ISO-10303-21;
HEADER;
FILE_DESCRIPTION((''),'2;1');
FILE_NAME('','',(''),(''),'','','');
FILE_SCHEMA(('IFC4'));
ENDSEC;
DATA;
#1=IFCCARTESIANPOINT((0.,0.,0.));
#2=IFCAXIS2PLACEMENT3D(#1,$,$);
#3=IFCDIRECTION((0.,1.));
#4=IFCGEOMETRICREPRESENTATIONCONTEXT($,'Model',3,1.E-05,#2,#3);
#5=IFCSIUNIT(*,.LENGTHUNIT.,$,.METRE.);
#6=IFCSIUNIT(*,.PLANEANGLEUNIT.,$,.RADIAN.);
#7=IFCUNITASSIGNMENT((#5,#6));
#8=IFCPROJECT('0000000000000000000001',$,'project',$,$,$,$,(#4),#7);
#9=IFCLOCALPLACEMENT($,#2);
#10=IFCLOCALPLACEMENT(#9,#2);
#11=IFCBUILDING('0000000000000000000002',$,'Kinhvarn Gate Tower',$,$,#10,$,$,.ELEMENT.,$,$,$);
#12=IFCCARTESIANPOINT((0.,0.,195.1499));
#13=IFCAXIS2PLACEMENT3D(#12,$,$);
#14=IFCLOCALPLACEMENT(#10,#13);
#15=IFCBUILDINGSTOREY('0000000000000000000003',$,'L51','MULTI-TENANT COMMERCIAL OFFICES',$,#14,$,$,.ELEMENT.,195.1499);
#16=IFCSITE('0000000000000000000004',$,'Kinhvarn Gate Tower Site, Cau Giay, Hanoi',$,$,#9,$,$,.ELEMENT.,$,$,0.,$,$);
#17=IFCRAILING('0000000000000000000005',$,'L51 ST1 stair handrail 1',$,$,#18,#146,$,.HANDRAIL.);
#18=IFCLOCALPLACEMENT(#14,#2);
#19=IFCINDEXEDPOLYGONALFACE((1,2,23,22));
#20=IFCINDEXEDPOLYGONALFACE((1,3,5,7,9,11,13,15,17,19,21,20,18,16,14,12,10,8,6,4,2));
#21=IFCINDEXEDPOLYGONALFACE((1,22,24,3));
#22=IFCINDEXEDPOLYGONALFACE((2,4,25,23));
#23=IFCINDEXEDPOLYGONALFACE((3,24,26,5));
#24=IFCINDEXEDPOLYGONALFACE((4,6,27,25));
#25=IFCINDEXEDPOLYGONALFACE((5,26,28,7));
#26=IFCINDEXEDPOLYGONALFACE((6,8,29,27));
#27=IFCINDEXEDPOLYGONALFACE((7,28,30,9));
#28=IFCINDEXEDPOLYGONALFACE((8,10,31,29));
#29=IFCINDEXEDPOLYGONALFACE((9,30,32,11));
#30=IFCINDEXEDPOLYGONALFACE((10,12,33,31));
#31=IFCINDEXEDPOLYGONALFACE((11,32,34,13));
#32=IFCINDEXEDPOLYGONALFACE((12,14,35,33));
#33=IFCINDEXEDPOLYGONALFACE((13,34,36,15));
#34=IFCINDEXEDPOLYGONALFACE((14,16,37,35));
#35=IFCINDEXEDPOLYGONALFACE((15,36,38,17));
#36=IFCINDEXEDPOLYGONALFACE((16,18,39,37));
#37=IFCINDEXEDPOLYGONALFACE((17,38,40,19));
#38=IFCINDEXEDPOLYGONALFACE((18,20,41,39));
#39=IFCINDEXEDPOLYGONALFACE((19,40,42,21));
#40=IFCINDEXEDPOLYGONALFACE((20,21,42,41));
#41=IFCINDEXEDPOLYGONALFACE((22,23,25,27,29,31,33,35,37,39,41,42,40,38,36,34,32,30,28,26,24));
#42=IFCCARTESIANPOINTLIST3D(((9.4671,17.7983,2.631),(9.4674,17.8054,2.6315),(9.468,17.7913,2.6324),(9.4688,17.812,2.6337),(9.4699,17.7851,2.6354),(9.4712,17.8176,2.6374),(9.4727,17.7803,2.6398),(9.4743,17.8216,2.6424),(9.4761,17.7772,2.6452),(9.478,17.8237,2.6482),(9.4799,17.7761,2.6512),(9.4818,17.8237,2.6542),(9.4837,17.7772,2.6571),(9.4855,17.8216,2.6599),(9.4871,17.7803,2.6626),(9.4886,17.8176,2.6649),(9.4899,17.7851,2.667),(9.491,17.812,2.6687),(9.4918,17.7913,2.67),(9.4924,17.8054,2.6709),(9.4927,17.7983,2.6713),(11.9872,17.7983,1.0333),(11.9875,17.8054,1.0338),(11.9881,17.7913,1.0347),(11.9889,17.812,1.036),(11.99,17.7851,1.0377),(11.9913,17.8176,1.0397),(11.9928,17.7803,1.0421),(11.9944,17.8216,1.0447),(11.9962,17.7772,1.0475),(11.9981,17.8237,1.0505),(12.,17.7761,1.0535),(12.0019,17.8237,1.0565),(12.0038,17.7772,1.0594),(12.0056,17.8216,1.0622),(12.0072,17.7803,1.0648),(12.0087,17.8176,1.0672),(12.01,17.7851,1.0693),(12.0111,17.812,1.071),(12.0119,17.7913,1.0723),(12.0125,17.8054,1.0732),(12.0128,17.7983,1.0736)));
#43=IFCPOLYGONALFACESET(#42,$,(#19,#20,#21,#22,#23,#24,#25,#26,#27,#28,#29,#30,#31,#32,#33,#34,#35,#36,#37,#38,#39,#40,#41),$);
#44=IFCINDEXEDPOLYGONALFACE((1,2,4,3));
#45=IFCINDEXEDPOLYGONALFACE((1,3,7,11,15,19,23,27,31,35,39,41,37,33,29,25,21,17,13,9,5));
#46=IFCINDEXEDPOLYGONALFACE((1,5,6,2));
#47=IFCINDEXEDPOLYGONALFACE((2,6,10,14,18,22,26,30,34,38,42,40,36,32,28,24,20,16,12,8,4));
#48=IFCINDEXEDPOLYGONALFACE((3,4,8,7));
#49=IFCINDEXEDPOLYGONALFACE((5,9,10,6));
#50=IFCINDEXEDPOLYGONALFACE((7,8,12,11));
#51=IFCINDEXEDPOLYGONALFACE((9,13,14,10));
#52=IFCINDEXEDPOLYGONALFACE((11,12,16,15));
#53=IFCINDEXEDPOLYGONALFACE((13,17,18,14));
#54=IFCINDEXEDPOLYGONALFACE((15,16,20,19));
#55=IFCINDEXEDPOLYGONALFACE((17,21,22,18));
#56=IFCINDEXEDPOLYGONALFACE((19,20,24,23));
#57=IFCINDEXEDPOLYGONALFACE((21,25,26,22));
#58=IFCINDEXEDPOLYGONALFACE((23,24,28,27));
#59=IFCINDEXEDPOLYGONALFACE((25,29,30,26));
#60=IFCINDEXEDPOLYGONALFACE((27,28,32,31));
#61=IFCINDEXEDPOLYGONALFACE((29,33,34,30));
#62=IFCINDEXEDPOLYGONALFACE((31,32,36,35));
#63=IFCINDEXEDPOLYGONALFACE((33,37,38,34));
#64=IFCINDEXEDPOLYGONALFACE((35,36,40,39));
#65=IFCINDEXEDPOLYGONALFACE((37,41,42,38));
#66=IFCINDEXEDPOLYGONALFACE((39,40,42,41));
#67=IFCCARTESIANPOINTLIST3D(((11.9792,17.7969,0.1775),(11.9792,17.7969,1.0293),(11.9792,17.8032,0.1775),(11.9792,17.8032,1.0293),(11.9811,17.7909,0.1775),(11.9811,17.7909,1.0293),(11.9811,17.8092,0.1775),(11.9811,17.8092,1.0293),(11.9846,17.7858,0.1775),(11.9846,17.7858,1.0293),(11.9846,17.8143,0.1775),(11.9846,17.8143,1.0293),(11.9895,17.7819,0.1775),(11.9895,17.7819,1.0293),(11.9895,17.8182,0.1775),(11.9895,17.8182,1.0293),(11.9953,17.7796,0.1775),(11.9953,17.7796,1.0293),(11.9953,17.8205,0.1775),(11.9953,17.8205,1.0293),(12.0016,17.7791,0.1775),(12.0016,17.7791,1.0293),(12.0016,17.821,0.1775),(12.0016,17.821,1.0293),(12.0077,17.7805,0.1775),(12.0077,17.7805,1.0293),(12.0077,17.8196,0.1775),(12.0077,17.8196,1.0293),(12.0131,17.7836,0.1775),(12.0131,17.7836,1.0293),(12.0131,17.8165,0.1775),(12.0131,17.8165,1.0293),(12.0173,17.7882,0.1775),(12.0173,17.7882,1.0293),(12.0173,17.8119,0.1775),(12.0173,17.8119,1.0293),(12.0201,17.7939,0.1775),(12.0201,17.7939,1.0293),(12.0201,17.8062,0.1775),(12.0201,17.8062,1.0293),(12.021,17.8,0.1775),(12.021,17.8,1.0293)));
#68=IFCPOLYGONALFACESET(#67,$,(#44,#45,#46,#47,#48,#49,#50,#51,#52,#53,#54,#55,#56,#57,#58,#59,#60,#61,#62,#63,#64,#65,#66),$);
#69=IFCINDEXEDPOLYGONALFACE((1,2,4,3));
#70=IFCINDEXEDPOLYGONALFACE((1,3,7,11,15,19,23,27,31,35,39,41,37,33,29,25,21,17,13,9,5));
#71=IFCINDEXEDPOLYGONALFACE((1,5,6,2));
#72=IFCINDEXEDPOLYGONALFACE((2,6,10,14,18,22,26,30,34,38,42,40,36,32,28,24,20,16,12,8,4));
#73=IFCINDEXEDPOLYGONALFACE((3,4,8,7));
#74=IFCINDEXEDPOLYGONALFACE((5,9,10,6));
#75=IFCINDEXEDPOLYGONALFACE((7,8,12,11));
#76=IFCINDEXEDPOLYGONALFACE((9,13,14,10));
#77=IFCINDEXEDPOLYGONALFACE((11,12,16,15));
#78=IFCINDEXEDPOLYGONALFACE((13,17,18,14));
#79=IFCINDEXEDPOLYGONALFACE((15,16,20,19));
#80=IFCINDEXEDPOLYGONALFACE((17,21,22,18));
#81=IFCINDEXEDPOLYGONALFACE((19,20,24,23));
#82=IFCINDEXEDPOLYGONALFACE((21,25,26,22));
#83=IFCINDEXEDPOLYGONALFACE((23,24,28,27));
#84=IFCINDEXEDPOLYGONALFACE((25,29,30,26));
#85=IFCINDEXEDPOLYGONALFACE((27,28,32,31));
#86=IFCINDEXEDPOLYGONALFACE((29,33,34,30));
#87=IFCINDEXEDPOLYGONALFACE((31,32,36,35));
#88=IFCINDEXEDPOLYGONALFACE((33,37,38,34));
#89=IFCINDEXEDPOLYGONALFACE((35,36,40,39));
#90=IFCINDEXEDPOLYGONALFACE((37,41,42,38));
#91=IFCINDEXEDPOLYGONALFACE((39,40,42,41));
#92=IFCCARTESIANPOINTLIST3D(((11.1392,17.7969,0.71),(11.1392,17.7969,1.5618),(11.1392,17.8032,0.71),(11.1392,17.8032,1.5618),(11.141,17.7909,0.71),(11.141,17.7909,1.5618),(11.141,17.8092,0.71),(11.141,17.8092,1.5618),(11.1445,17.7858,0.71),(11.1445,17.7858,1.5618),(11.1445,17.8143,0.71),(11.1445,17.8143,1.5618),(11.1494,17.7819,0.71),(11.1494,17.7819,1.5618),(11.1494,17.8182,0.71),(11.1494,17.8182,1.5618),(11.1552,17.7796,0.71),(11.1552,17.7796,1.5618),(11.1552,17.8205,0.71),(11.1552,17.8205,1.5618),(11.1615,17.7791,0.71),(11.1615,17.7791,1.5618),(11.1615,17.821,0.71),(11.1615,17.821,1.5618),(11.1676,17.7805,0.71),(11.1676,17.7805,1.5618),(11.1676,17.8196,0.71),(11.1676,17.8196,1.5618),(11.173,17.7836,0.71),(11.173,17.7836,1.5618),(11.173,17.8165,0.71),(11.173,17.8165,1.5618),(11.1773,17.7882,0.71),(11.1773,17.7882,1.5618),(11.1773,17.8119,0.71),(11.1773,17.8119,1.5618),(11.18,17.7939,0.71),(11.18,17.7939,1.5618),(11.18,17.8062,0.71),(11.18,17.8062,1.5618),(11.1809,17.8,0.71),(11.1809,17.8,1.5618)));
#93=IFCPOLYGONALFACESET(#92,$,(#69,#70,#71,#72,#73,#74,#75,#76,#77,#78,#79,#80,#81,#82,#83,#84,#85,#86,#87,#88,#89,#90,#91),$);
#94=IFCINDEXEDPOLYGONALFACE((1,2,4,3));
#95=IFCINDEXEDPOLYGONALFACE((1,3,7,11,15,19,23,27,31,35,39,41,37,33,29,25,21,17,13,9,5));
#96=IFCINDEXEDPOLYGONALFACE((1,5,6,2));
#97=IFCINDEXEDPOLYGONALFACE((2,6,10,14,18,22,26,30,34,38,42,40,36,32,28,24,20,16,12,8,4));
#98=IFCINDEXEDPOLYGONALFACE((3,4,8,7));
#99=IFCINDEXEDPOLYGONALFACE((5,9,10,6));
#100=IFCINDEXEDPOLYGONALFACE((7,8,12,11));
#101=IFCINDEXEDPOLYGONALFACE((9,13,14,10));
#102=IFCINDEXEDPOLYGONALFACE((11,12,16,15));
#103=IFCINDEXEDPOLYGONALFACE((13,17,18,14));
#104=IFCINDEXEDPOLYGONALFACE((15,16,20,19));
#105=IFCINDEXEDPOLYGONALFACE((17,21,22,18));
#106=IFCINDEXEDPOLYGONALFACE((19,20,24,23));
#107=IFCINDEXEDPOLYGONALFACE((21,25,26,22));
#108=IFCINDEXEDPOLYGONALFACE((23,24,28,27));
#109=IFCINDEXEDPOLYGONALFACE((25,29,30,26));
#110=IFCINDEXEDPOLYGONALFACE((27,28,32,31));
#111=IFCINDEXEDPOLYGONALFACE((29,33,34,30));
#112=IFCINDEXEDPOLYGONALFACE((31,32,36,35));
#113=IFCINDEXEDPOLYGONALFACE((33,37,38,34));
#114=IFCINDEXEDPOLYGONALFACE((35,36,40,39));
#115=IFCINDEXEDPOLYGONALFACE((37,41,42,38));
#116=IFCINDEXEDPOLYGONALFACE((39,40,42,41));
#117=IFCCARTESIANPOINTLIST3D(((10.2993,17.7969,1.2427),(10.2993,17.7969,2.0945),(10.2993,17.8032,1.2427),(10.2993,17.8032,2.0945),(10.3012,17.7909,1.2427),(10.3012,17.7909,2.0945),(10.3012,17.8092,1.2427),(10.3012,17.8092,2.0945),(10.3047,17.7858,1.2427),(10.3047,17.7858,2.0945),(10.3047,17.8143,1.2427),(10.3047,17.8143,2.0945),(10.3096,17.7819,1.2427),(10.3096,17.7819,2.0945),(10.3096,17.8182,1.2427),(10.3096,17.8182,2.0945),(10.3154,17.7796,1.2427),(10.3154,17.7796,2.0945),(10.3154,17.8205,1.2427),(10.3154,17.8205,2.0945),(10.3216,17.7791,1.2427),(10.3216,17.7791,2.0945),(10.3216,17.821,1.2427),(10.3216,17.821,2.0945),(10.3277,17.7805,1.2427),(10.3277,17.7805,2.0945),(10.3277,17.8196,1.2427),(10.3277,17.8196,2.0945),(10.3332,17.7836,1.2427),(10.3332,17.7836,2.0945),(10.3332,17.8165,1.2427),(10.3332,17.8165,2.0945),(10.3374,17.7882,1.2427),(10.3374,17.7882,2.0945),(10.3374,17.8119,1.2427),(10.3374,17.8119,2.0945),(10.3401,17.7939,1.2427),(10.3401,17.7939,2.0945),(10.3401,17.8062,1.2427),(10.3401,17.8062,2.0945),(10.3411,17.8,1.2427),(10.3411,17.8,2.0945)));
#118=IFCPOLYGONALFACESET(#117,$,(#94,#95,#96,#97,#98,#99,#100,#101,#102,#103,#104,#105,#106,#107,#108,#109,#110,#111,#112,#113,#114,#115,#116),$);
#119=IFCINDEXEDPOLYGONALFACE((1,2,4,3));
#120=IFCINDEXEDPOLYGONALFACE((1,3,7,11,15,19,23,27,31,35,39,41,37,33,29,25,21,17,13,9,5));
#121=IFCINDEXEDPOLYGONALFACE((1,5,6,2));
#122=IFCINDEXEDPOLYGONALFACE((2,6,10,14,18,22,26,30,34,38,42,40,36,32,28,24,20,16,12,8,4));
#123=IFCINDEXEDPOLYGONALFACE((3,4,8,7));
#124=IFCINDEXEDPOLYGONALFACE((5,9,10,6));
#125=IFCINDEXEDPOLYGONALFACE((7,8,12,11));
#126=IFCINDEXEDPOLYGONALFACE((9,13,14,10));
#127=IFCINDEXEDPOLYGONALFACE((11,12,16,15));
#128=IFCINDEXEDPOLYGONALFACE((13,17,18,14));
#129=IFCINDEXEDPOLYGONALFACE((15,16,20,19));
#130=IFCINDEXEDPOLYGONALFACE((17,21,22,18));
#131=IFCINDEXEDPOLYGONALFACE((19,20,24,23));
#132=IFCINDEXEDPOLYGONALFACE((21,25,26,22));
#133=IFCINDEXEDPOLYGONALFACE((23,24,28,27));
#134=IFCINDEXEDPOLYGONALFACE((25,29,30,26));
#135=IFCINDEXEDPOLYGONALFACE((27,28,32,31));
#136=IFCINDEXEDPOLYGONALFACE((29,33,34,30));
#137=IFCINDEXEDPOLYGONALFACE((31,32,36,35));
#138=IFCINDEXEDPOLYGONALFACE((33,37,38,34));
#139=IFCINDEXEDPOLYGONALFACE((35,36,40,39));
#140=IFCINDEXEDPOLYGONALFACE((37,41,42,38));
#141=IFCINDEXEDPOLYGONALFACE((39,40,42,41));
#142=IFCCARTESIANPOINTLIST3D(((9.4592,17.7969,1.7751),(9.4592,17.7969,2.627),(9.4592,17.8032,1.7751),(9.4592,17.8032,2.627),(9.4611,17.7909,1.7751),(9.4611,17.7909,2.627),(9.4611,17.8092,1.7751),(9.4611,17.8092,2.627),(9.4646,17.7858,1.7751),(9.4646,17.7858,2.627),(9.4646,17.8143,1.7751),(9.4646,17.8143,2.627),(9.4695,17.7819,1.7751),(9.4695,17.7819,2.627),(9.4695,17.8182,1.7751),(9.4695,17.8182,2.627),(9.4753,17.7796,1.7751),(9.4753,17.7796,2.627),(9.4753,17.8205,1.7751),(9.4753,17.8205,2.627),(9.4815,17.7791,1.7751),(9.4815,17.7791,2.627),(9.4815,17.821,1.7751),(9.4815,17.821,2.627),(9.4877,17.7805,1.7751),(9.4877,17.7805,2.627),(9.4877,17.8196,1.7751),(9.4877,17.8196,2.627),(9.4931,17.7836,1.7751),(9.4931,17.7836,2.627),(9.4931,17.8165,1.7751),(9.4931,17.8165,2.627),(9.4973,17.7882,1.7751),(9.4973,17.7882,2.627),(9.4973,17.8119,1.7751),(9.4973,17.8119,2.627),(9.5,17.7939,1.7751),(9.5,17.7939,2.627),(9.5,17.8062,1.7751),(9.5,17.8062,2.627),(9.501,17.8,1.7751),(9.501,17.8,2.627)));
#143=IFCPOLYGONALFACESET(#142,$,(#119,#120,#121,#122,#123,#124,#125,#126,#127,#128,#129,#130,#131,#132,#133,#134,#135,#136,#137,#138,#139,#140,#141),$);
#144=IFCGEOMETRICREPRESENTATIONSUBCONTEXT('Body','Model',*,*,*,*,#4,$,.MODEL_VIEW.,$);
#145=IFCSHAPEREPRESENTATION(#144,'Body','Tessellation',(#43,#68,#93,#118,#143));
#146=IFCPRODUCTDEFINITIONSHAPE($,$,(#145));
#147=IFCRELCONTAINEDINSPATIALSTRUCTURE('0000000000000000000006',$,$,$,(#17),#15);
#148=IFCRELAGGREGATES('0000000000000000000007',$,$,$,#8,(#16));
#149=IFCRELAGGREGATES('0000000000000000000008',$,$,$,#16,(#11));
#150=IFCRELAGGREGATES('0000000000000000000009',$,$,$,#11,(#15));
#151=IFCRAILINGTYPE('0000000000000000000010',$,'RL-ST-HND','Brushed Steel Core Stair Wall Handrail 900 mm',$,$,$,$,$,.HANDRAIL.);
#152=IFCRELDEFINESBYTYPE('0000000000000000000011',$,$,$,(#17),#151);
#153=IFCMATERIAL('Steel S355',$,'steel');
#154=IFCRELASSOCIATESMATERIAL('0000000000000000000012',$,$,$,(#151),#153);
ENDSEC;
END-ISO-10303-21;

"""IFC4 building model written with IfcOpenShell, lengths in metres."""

from ifc_helpers import new_model, si_unit, direction, frame, origin, origin_2d, place, context, subcontext, project, spatial, circle, extrude, material, type_object, element, save


model = new_model("IFC4")

# Units and contexts
model_context = context("Model", 3, precision=1e-05, world=origin(), true_north=direction((0.0, 1.0)))
body_context = subcontext(model_context, "Body", "Model", "MODEL_VIEW")
ifc_project = project(units=[si_unit("LENGTHUNIT", "METRE"), si_unit("PLANEANGLEUNIT", "RADIAN")], contexts=[model_context])

# Site, building, storey
site_placement = place(None, origin())
site = spatial("IfcSite", under=ifc_project, at=site_placement, Name="Kinhvarn Gate Tower Site, Cau Giay, Hanoi", CompositionType="ELEMENT", RefElevation=0.0)
building_placement = place(site_placement, origin())
building = spatial("IfcBuilding", under=site, at=building_placement, Name="Kinhvarn Gate Tower", CompositionType="ELEMENT")
storey_placement = place(building_placement, frame((0.0, 0.0, 195.1499)))
storey = spatial("IfcBuildingStorey", under=building, at=storey_placement, Name="L51", Description="MULTI-TENANT COMMERCIAL OFFICES", CompositionType="ELEMENT", Elevation=195.1499)

# Shared definitions
ifc_material_1 = material(Name="Steel S355", Category="steel")

# Railing
railing_type_1 = type_object("IfcRailingType", Name="RL-ST-HND", Description="Brushed Steel Core Stair Wall Handrail 900 mm", PredefinedType="HANDRAIL", material=ifc_material_1)
railing_1_placement = place(storey_placement, frame((12.0, 17.8, 0.1775)))
element("IfcRailing", 1, at=railing_1_placement, inside=storey, type_object=railing_type_1, Name="L51 ST1 stair handrail 1", PredefinedType="HANDRAIL", context=body_context, shape_type="SweptSolid", body=[
    extrude(circle(Radius=0.0239, at=origin_2d()), frame((0.0, 0.0, 0.876), z_axis=(-0.84457, 0.0, 0.535445), x_axis=(0.0, -1.0, 0.0)), (0.0, 0.0, 1.0), 2.9839),
    extrude(circle(Radius=0.021, at=origin_2d()), origin(), (0.0, 0.0, 1.0), 0.8518),
    extrude(circle(Radius=0.021, at=origin_2d()), frame((-0.8401, 0.0, 0.5325)), (0.0, 0.0, 1.0), 0.8518),
    extrude(circle(Radius=0.021, at=origin_2d()), frame((-1.6799, 0.0, 1.0652)), (0.0, 0.0, 1.0), 0.8518),
    extrude(circle(Radius=0.021, at=origin_2d()), frame((-2.52, 0.0, 1.5977)), (0.0, 0.0, 1.0), 0.8518),
])

save(model, "model.ifc")
